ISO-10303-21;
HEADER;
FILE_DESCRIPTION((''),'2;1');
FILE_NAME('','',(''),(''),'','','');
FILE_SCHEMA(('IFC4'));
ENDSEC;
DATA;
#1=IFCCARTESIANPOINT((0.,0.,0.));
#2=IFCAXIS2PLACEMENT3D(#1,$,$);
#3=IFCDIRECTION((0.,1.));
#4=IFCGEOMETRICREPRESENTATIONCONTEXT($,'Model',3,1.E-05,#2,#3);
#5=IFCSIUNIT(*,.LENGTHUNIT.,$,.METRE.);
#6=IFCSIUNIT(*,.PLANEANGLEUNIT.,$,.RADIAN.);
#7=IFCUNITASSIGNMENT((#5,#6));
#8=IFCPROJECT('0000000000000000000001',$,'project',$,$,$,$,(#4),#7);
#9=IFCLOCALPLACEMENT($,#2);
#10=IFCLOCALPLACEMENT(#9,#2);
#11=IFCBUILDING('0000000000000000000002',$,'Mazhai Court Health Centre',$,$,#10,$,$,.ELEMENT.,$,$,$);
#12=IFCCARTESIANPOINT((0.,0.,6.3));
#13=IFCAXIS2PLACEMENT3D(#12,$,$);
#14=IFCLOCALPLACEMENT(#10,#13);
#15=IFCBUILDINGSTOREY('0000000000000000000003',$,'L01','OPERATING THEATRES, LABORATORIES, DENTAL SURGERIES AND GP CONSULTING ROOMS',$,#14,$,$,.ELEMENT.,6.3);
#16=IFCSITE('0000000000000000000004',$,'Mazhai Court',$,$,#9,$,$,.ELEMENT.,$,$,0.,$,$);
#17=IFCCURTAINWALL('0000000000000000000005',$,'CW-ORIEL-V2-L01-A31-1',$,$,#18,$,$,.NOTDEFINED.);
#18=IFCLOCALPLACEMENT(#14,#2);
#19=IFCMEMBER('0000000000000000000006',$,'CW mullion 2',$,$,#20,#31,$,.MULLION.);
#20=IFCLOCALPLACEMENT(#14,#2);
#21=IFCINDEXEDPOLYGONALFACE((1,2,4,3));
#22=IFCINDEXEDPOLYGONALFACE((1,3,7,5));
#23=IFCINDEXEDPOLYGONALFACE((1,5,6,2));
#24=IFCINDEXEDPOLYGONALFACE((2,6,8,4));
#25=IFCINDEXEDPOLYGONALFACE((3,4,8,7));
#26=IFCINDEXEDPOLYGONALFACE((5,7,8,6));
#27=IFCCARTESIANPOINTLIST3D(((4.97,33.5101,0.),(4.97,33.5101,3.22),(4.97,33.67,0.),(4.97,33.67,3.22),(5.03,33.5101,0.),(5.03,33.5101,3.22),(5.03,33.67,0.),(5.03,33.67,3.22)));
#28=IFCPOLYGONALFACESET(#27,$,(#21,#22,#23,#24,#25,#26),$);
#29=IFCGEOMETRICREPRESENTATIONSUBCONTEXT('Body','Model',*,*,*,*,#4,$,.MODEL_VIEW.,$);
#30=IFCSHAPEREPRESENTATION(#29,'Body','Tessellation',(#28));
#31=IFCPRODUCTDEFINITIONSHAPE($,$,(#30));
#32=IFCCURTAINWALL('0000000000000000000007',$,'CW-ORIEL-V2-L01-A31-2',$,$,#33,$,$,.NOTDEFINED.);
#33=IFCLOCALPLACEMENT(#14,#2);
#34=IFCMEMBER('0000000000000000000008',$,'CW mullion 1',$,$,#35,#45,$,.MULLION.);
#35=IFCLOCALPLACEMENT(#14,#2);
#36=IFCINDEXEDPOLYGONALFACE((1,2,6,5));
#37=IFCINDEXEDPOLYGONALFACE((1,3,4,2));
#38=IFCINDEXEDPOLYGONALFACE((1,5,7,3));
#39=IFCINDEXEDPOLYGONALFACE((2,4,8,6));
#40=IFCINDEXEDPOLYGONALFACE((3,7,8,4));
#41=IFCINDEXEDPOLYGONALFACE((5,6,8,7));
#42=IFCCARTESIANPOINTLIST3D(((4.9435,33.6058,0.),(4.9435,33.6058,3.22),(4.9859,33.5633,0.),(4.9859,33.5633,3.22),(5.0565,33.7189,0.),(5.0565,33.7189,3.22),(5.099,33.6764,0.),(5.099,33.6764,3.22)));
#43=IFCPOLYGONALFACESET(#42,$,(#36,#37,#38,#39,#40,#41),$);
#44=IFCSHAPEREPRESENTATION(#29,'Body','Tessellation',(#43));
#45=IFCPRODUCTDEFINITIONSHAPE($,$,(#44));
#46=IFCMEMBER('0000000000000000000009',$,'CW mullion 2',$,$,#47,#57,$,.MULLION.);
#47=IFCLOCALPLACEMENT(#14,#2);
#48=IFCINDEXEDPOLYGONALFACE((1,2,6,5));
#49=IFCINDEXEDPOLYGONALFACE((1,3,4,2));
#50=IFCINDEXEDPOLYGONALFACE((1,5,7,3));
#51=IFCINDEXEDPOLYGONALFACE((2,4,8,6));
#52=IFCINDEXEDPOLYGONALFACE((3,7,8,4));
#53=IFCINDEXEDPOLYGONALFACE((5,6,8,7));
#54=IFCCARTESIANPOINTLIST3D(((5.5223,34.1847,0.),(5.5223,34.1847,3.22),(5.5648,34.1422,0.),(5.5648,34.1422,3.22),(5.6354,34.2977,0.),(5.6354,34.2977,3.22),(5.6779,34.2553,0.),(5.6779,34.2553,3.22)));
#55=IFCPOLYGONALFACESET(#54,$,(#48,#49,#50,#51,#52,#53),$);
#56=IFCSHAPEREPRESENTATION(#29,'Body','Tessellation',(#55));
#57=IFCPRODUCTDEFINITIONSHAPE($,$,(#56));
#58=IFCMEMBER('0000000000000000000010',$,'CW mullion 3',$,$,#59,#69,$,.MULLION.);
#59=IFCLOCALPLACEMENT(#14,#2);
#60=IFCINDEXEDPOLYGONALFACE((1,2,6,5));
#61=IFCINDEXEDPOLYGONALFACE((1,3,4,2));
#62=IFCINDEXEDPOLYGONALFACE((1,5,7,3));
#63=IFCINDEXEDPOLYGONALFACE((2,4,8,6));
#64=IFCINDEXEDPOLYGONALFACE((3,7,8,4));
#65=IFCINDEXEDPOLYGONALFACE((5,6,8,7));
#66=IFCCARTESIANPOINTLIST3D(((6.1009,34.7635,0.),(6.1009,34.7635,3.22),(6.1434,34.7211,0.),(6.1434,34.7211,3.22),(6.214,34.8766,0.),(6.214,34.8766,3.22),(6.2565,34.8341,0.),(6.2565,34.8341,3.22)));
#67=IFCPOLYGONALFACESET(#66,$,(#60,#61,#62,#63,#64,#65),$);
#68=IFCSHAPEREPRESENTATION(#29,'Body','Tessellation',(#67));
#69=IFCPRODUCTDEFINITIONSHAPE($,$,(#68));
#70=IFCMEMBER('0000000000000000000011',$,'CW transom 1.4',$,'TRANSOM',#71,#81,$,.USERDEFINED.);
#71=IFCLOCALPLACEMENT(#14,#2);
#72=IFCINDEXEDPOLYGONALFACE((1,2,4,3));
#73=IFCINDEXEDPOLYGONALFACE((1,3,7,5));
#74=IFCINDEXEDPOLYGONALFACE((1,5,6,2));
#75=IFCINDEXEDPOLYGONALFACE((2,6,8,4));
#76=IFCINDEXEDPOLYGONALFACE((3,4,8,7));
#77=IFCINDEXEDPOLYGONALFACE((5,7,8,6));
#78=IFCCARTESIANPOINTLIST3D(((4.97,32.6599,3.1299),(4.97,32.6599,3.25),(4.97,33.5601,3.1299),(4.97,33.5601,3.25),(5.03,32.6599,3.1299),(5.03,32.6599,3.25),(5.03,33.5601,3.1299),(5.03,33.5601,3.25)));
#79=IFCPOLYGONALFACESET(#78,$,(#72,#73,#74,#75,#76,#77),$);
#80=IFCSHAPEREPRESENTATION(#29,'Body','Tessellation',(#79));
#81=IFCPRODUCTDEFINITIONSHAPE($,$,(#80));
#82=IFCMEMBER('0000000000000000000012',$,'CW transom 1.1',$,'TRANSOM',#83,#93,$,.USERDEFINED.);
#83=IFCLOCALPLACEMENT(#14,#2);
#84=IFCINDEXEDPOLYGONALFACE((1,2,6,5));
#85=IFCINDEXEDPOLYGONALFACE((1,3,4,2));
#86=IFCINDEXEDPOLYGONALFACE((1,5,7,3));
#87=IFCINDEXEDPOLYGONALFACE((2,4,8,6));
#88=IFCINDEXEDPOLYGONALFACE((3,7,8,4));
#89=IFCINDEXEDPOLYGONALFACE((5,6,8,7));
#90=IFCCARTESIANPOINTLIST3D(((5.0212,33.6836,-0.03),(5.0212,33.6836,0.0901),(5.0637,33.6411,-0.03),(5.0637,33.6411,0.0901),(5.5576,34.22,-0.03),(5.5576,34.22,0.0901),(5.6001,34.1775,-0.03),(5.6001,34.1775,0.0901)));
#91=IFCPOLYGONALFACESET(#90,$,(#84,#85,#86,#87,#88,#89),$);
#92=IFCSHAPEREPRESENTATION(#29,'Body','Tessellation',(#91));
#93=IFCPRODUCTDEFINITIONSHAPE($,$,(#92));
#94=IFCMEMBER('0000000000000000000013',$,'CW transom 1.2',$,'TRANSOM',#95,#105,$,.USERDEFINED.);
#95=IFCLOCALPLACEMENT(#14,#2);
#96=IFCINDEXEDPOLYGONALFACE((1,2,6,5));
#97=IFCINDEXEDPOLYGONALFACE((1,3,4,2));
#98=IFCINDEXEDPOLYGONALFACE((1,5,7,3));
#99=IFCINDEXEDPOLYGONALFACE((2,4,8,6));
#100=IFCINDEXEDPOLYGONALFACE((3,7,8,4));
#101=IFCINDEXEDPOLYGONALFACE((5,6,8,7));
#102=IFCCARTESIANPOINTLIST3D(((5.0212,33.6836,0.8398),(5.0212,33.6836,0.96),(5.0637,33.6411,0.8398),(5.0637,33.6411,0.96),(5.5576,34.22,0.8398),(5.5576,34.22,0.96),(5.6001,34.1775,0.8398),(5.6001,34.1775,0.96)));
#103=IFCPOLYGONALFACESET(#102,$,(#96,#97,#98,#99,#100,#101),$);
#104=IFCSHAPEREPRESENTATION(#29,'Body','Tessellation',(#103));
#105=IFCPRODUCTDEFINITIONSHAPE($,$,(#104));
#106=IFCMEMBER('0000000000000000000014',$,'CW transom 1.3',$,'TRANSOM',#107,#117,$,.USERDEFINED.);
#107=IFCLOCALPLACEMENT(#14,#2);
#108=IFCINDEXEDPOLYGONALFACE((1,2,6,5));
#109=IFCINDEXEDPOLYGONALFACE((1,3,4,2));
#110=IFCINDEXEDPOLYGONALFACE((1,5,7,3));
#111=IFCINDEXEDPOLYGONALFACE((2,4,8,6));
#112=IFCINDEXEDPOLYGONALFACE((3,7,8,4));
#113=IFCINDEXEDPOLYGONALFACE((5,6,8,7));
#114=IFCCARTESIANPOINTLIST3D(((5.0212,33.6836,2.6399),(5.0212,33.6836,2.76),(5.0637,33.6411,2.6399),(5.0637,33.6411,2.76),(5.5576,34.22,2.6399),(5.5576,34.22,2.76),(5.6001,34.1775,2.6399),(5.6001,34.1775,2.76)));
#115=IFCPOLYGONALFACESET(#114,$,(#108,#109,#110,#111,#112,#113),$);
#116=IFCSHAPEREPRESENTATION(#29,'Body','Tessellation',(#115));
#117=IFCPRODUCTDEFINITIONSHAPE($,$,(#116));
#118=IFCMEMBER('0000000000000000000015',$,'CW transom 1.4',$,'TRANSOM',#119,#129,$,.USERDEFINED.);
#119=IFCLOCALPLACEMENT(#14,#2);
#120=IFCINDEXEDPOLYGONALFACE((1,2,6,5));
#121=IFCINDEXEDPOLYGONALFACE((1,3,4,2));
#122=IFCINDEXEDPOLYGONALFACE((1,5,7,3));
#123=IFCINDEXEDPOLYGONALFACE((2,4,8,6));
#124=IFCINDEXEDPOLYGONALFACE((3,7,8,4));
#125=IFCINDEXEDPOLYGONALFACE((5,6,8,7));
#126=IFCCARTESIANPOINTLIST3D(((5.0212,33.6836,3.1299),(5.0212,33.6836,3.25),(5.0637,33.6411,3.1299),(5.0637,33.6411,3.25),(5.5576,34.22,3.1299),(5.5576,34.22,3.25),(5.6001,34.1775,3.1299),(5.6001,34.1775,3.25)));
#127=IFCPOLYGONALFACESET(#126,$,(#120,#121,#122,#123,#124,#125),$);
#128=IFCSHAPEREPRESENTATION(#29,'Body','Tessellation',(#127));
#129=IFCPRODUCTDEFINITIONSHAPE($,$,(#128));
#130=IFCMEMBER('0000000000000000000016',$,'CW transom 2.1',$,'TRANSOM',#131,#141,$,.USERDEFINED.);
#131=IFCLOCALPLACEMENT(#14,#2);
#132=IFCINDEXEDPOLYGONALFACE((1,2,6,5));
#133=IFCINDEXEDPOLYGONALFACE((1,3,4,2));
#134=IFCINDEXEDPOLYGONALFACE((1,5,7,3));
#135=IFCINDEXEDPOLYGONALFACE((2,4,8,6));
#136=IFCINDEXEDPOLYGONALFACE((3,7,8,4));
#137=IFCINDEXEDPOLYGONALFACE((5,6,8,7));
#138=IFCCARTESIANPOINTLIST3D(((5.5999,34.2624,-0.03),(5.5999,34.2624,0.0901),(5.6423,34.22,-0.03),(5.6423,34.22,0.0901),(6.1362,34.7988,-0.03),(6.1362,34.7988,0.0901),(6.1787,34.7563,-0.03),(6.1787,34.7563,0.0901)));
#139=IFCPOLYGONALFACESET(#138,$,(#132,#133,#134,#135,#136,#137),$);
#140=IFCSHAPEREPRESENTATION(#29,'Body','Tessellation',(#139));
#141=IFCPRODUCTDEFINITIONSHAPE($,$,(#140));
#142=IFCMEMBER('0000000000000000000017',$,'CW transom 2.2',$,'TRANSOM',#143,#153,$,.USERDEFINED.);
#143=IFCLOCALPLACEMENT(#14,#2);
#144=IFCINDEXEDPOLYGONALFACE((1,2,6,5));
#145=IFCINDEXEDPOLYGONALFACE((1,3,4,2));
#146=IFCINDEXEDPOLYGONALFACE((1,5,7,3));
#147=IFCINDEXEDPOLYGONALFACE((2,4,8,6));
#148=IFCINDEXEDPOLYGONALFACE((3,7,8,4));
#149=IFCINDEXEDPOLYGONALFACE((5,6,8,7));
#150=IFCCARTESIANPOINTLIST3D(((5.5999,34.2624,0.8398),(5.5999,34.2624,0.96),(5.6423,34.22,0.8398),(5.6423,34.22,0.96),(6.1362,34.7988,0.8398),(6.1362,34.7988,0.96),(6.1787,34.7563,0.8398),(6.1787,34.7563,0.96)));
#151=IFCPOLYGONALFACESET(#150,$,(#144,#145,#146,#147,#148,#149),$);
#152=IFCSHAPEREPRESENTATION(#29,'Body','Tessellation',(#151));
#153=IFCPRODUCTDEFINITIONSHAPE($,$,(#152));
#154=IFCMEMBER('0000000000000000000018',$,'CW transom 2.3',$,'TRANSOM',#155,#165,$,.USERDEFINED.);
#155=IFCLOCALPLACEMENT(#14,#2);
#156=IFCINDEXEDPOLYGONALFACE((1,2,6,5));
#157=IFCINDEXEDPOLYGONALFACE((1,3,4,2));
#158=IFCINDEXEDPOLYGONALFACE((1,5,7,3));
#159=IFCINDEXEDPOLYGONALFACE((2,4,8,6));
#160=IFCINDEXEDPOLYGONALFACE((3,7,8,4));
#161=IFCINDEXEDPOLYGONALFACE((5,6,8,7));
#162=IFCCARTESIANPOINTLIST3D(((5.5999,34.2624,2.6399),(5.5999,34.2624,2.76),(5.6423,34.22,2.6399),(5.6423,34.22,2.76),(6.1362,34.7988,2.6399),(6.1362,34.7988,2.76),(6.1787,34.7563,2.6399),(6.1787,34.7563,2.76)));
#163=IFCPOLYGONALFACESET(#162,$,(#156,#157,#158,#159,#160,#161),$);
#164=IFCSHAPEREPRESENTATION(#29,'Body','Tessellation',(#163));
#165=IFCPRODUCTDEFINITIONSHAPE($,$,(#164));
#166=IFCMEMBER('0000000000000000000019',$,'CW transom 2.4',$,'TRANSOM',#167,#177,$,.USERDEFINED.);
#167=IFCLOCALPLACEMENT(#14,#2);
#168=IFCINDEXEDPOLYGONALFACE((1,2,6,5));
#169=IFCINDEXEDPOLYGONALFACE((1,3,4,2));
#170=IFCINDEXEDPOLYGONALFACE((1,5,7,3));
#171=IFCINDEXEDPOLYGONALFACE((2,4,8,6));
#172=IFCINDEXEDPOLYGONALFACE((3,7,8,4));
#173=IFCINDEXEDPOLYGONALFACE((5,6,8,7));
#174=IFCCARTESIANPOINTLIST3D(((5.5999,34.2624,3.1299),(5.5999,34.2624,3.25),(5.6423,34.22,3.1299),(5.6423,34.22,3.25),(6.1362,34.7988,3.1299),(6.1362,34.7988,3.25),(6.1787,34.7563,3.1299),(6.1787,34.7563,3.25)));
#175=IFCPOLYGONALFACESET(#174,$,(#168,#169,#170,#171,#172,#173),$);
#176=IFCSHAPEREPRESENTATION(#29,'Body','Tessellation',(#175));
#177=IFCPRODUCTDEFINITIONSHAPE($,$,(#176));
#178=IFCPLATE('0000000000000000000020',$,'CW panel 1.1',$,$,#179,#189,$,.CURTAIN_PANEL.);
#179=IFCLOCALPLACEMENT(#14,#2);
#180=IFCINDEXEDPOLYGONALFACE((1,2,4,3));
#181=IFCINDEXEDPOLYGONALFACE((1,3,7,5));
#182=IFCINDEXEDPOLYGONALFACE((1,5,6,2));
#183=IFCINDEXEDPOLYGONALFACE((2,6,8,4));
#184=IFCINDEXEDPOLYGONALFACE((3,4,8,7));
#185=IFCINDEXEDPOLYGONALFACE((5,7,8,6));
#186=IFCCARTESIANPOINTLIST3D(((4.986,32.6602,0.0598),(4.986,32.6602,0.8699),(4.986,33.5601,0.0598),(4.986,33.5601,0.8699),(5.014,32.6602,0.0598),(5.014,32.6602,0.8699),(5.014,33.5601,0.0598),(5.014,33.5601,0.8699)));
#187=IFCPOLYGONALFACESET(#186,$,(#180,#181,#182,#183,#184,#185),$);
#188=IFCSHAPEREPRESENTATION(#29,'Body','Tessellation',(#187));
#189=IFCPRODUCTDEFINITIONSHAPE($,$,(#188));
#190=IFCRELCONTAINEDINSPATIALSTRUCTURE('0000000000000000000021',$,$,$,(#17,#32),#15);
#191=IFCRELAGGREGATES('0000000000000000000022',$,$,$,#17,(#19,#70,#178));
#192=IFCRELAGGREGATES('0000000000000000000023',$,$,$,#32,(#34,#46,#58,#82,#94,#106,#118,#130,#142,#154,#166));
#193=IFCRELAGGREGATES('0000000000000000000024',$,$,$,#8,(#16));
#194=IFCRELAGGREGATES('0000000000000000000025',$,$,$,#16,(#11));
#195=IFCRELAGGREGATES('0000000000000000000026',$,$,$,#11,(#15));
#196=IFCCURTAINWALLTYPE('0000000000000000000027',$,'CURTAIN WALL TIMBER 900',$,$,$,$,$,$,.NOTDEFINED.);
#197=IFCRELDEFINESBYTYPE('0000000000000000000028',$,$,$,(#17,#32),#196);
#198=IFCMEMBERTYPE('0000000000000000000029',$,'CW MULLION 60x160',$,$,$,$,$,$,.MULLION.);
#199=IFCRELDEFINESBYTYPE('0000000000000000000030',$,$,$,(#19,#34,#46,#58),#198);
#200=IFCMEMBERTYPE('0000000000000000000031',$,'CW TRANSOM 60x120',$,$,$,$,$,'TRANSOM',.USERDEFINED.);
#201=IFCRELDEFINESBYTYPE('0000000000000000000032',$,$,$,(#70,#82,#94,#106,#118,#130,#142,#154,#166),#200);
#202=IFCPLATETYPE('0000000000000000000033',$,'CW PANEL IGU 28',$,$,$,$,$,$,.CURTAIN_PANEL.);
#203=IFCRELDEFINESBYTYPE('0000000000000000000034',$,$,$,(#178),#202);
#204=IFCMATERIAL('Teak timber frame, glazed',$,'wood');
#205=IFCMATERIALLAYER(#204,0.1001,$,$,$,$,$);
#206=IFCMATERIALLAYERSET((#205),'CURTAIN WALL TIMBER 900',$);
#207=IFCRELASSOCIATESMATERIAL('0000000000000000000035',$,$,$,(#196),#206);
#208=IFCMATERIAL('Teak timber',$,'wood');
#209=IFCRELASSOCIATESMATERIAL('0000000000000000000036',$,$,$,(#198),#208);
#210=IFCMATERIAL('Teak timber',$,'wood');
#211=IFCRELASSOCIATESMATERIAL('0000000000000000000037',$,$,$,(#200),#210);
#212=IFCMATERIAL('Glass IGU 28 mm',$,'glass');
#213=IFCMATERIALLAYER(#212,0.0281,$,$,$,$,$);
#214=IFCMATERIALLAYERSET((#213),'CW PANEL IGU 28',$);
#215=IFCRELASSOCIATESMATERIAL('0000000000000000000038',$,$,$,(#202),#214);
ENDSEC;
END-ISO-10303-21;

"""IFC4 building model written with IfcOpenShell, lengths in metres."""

from ifc_helpers import new_model, si_unit, direction, frame, origin, origin_2d, place, context, subcontext, project, spatial, rectangle, extrude, material, layer, layer_set, material_profile, profile_set, type_object, element, aggregate, save


model = new_model("IFC4")

# Units and contexts
model_context = context("Model", 3, precision=1e-05, world=origin(), true_north=direction((0.0, 1.0)))
body_context = subcontext(model_context, "Body", "Model", "MODEL_VIEW")
ifc_project = project(units=[si_unit("LENGTHUNIT", "METRE"), si_unit("PLANEANGLEUNIT", "RADIAN")], contexts=[model_context])

# Site, building, storey
site_placement = place(None, origin())
site = spatial("IfcSite", under=ifc_project, at=site_placement, Name="Mazhai Court", CompositionType="ELEMENT", RefElevation=0.0)
building_placement = place(site_placement, origin())
building = spatial("IfcBuilding", under=site, at=building_placement, Name="Mazhai Court Health Centre", CompositionType="ELEMENT")
storey_placement = place(building_placement, frame((0.0, 0.0, 6.3)))
storey = spatial("IfcBuildingStorey", under=building, at=storey_placement, Name="L01", Description="OPERATING THEATRES, LABORATORIES, DENTAL SURGERIES AND GP CONSULTING ROOMS", CompositionType="ELEMENT", Elevation=6.3)

# Curtain wall, member
ifc_material_1 = material(Name="Teak timber frame, glazed", Category="wood")
ifc_layer_1 = layer(ifc_material_1, 0.1001)
ifc_layer_set_1 = layer_set([ifc_layer_1], Name="CURTAIN WALL TIMBER 900")
curtain_wall_type = type_object("IfcCurtainWallType", Name="CURTAIN WALL TIMBER 900", PredefinedType="NOTDEFINED", material=ifc_layer_set_1)
curtain_wall_1_placement = place(storey_placement, origin())
curtain_wall_1 = element("IfcCurtainWall", 1, at=curtain_wall_1_placement, inside=storey, type_object=curtain_wall_type, Name="CW-ORIEL-V2-L01-A31-1", PredefinedType="NOTDEFINED")
ifc_material_2 = material(Name="Teak timber", Category="wood")
ifc_material_profile_1 = material_profile(ifc_material_2, rectangle(XDim=0.0601, YDim=0.1599, at=origin_2d()), Name="CW MULLION 60x160")
ifc_profile_set_1 = profile_set([ifc_material_profile_1], Name="Teak timber")
member_type_1 = type_object("IfcMemberType", Name="CW MULLION 60x160", PredefinedType="MULLION", material=ifc_profile_set_1)
member_1_placement = place(storey_placement, frame((5.0, 33.5901, 0.0), z_axis=(0.0, 0.0, 1.0), x_axis=(-1.0, 0.0, 0.0)))
member_1 = element("IfcMember", 2, at=member_1_placement, type_object=member_type_1, Name="CW mullion 2", PredefinedType="MULLION", context=body_context, shape_type="SweptSolid", body=[
    extrude(rectangle(XDim=0.0601, YDim=0.1599, at=origin_2d()), origin(), (0.0, 0.0, 1.0), 3.22),
])

# Curtain wall, members
curtain_wall_2_placement = place(storey_placement, origin())
curtain_wall_2 = element("IfcCurtainWall", 3, at=curtain_wall_2_placement, inside=storey, type_object=curtain_wall_type, Name="CW-ORIEL-V2-L01-A31-2", PredefinedType="NOTDEFINED")
member_2_placement = place(storey_placement, frame((5.0212, 33.6411, 0.0), z_axis=(0.0, 0.0, 1.0), x_axis=(-0.707107, 0.707107, 0.0)))
member_2 = element("IfcMember", 4, at=member_2_placement, type_object=member_type_1, Name="CW mullion 1", PredefinedType="MULLION", context=body_context, shape_type="SweptSolid", body=[
    extrude(rectangle(XDim=0.0601, YDim=0.1599, at=origin_2d()), origin(), (0.0, 0.0, 1.0), 3.22),
])
member_3_placement = place(storey_placement, frame((5.6001, 34.22, 0.0), z_axis=(0.0, 0.0, 1.0), x_axis=(-0.707107, 0.707107, 0.0)))
member_3 = element("IfcMember", 5, at=member_3_placement, type_object=member_type_1, Name="CW mullion 2", PredefinedType="MULLION", context=body_context, shape_type="SweptSolid", body=[
    extrude(rectangle(XDim=0.0601, YDim=0.1599, at=origin_2d()), origin(), (0.0, 0.0, 1.0), 3.22),
])
member_4_placement = place(storey_placement, frame((6.1787, 34.7988, 0.0), z_axis=(0.0, 0.0, 1.0), x_axis=(-0.707107, 0.707107, 0.0)))
member_4 = element("IfcMember", 6, at=member_4_placement, type_object=member_type_1, Name="CW mullion 3", PredefinedType="MULLION", context=body_context, shape_type="SweptSolid", body=[
    extrude(rectangle(XDim=0.0601, YDim=0.1599, at=origin_2d()), origin(), (0.0, 0.0, 1.0), 3.22),
])

# Members
ifc_material_3 = material(Name="Teak timber", Category="wood")
ifc_material_profile_2 = material_profile(ifc_material_3, rectangle(XDim=0.0601, YDim=0.1201, at=origin_2d()), Name="CW TRANSOM 60x120")
ifc_profile_set_2 = profile_set([ifc_material_profile_2], Name="Teak timber")
member_type_2 = type_object("IfcMemberType", Name="CW TRANSOM 60x120", ElementType="TRANSOM", PredefinedType="USERDEFINED", material=ifc_profile_set_2)
member_5_placement = place(storey_placement, frame((5.0, 32.6599, 3.1899), z_axis=(0.0, 1.0, 0.0), x_axis=(-1.0, 0.0, 0.0)))
member_5 = element("IfcMember", 7, at=member_5_placement, type_object=member_type_2, Name="CW transom 1.4", ObjectType="TRANSOM", PredefinedType="USERDEFINED", context=body_context, shape_type="SweptSolid", body=[
    extrude(rectangle(XDim=0.0601, YDim=0.1201, at=origin_2d()), origin(), (0.0, 0.0, 1.0), 0.9001),
])
member_6_placement = place(storey_placement, frame((5.0425, 33.6624, 0.03), z_axis=(0.707107, 0.707107, 0.0), x_axis=(-0.707107, 0.707107, 0.0)))
member_6 = element("IfcMember", 8, at=member_6_placement, type_object=member_type_2, Name="CW transom 1.1", ObjectType="TRANSOM", PredefinedType="USERDEFINED", context=body_context, shape_type="SweptSolid", body=[
    extrude(rectangle(XDim=0.0601, YDim=0.1201, at=origin_2d()), origin(), (0.0, 0.0, 1.0), 0.7585),
])
member_7_placement = place(storey_placement, frame((5.0425, 33.6624, 0.8999), z_axis=(0.707107, 0.707107, 0.0), x_axis=(-0.707107, 0.707107, 0.0)))
member_7 = element("IfcMember", 9, at=member_7_placement, type_object=member_type_2, Name="CW transom 1.2", ObjectType="TRANSOM", PredefinedType="USERDEFINED", context=body_context, shape_type="SweptSolid", body=[
    extrude(rectangle(XDim=0.0601, YDim=0.1201, at=origin_2d()), origin(), (0.0, 0.0, 1.0), 0.7585),
])
member_8_placement = place(storey_placement, frame((5.0425, 33.6624, 2.7), z_axis=(0.707107, 0.707107, 0.0), x_axis=(-0.707107, 0.707107, 0.0)))
member_8 = element("IfcMember", 10, at=member_8_placement, type_object=member_type_2, Name="CW transom 1.3", ObjectType="TRANSOM", PredefinedType="USERDEFINED", context=body_context, shape_type="SweptSolid", body=[
    extrude(rectangle(XDim=0.0601, YDim=0.1201, at=origin_2d()), origin(), (0.0, 0.0, 1.0), 0.7585),
])
member_9_placement = place(storey_placement, frame((5.0425, 33.6624, 3.1899), z_axis=(0.707107, 0.707107, 0.0), x_axis=(-0.707107, 0.707107, 0.0)))
member_9 = element("IfcMember", 11, at=member_9_placement, type_object=member_type_2, Name="CW transom 1.4", ObjectType="TRANSOM", PredefinedType="USERDEFINED", context=body_context, shape_type="SweptSolid", body=[
    extrude(rectangle(XDim=0.0601, YDim=0.1201, at=origin_2d()), origin(), (0.0, 0.0, 1.0), 0.7585),
])
member_10_placement = place(storey_placement, frame((5.6211, 34.2412, 0.03), z_axis=(0.707107, 0.707107, 0.0), x_axis=(-0.707107, 0.707107, 0.0)))
member_10 = element("IfcMember", 12, at=member_10_placement, type_object=member_type_2, Name="CW transom 2.1", ObjectType="TRANSOM", PredefinedType="USERDEFINED", context=body_context, shape_type="SweptSolid", body=[
    extrude(rectangle(XDim=0.0601, YDim=0.1201, at=origin_2d()), origin(), (0.0, 0.0, 1.0), 0.7585),
])
member_11_placement = place(storey_placement, frame((5.6211, 34.2412, 0.8999), z_axis=(0.707107, 0.707107, 0.0), x_axis=(-0.707107, 0.707107, 0.0)))
member_11 = element("IfcMember", 13, at=member_11_placement, type_object=member_type_2, Name="CW transom 2.2", ObjectType="TRANSOM", PredefinedType="USERDEFINED", context=body_context, shape_type="SweptSolid", body=[
    extrude(rectangle(XDim=0.0601, YDim=0.1201, at=origin_2d()), origin(), (0.0, 0.0, 1.0), 0.7585),
])
member_12_placement = place(storey_placement, frame((5.6211, 34.2412, 2.7), z_axis=(0.707107, 0.707107, 0.0), x_axis=(-0.707107, 0.707107, 0.0)))
member_12 = element("IfcMember", 14, at=member_12_placement, type_object=member_type_2, Name="CW transom 2.3", ObjectType="TRANSOM", PredefinedType="USERDEFINED", context=body_context, shape_type="SweptSolid", body=[
    extrude(rectangle(XDim=0.0601, YDim=0.1201, at=origin_2d()), origin(), (0.0, 0.0, 1.0), 0.7585),
])
member_13_placement = place(storey_placement, frame((5.6211, 34.2412, 3.1899), z_axis=(0.707107, 0.707107, 0.0), x_axis=(-0.707107, 0.707107, 0.0)))
member_13 = element("IfcMember", 15, at=member_13_placement, type_object=member_type_2, Name="CW transom 2.4", ObjectType="TRANSOM", PredefinedType="USERDEFINED", context=body_context, shape_type="SweptSolid", body=[
    extrude(rectangle(XDim=0.0601, YDim=0.1201, at=origin_2d()), origin(), (0.0, 0.0, 1.0), 0.7585),
])

# Plate
ifc_material_4 = material(Name="Glass IGU 28 mm", Category="glass")
ifc_layer_2 = layer(ifc_material_4, 0.0281)
ifc_layer_set_2 = layer_set([ifc_layer_2], Name="CW PANEL IGU 28")
plate_type = type_object("IfcPlateType", Name="CW PANEL IGU 28", PredefinedType="CURTAIN_PANEL", material=ifc_layer_set_2)
plate_1_placement = place(storey_placement, frame((5.0, 33.1101, 0.0598), z_axis=(0.0, 0.0, 1.0), x_axis=(0.0, 1.0, 0.0)))
plate_1 = element("IfcPlate", 16, at=plate_1_placement, type_object=plate_type, Name="CW panel 1.1", PredefinedType="CURTAIN_PANEL", context=body_context, shape_type="SweptSolid", body=[
    extrude(rectangle(XDim=0.8999, YDim=0.0281, at=origin_2d()), origin(), (0.0, 0.0, 1.0), 0.8101),
])
aggregate(curtain_wall_1, [member_1, member_5, plate_1])
aggregate(curtain_wall_2, [member_2, member_3, member_4, member_6, member_7, member_8, member_9, member_10, member_11, member_12, member_13])

save(model, "model.ifc")
